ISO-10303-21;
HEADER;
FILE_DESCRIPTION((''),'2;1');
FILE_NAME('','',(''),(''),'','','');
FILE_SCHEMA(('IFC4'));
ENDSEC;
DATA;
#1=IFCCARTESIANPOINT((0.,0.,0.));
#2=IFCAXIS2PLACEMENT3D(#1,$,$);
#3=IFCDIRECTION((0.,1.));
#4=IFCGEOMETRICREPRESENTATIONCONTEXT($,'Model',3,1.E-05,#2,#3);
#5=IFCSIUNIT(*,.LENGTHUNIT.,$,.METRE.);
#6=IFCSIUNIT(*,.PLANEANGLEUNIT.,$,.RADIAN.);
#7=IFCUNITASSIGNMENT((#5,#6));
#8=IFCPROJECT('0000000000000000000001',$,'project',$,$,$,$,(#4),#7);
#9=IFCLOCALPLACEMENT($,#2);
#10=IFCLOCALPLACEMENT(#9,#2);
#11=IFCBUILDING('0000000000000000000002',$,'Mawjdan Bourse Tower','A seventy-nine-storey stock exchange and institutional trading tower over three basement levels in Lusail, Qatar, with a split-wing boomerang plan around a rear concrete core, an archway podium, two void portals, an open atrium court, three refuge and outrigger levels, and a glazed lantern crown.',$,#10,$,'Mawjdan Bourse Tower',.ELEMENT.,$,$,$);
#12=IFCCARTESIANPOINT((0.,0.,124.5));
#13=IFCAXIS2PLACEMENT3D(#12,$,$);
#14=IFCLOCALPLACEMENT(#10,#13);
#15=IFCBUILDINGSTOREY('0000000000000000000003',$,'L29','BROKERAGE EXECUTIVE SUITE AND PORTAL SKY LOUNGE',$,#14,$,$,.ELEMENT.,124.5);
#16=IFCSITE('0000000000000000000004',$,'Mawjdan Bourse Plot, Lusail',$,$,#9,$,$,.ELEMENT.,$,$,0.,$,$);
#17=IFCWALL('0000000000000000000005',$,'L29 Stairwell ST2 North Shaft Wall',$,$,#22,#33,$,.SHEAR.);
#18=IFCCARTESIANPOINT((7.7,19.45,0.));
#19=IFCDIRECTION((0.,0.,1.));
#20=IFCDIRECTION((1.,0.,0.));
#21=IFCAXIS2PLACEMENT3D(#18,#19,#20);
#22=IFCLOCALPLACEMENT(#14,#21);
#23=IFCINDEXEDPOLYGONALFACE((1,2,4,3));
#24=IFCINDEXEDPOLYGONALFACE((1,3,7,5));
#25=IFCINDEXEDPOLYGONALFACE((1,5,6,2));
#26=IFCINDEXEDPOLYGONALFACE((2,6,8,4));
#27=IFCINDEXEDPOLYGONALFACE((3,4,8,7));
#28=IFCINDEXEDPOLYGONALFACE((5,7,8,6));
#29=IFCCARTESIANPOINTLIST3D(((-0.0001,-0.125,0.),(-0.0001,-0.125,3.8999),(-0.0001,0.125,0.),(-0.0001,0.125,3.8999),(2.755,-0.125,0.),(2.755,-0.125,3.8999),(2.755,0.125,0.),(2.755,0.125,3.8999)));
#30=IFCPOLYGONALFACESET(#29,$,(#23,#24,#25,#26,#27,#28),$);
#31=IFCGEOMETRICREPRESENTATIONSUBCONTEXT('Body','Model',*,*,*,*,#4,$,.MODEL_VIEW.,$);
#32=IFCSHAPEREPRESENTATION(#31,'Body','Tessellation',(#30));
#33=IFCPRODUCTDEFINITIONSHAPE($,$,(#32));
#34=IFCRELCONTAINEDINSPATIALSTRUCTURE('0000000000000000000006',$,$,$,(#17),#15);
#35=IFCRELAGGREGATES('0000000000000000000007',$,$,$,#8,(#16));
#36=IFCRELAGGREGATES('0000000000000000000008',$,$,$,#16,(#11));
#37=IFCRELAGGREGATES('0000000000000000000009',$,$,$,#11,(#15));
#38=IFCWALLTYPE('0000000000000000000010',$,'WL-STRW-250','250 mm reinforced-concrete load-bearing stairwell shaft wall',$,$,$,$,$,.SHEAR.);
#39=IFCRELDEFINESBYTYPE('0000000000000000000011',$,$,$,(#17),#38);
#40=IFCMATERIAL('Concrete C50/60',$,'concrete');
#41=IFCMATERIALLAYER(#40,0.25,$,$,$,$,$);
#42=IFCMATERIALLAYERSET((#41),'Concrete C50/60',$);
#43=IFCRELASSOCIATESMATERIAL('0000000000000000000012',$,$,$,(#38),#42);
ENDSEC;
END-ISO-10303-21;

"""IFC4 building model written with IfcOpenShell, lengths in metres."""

from ifc_helpers import new_model, si_unit, direction, frame, frame_2d, origin, place, context, subcontext, project, spatial, rectangle, extrude, material, layer, layer_set, type_object, element, save


model = new_model("IFC4")

# Units and contexts
model_context = context("Model", 3, precision=1e-05, world=origin(), true_north=direction((0.0, 1.0)))
body_context = subcontext(model_context, "Body", "Model", "MODEL_VIEW")
ifc_project = project(units=[si_unit("LENGTHUNIT", "METRE"), si_unit("PLANEANGLEUNIT", "RADIAN")], contexts=[model_context])

# Site, building, storey
site_placement = place(None, origin())
site = spatial("IfcSite", under=ifc_project, at=site_placement, Name="Mawjdan Bourse Plot, Lusail", CompositionType="ELEMENT", RefElevation=0.0)
building_placement = place(site_placement, origin())
building = spatial("IfcBuilding", under=site, at=building_placement, Name="Mawjdan Bourse Tower", Description="A seventy-nine-storey stock exchange and institutional trading tower over three basement levels in Lusail, Qatar, with a split-wing boomerang plan around a rear concrete core, an archway podium, two void portals, an open atrium court, three refuge and outrigger levels, and a glazed lantern crown.", LongName="Mawjdan Bourse Tower", CompositionType="ELEMENT")
storey_placement = place(building_placement, frame((0.0, 0.0, 124.5)))
storey = spatial("IfcBuildingStorey", under=building, at=storey_placement, Name="L29", Description="BROKERAGE EXECUTIVE SUITE AND PORTAL SKY LOUNGE", CompositionType="ELEMENT", Elevation=124.5)

# Wall
ifc_material_1 = material(Name="Concrete C50/60", Category="concrete")
ifc_layer_1 = layer(ifc_material_1, 0.25)
ifc_layer_set_1 = layer_set([ifc_layer_1], Name="Concrete C50/60")
wall_type_1 = type_object("IfcWallType", Name="WL-STRW-250", Description="250 mm reinforced-concrete load-bearing stairwell shaft wall", PredefinedType="SHEAR", material=ifc_layer_set_1)
wall_1_placement = place(storey_placement, frame((7.7, 19.45, 0.0), z_axis=(0.0, 0.0, 1.0), x_axis=(1.0, 0.0, 0.0)))
element("IfcWall", 1, at=wall_1_placement, inside=storey, type_object=wall_type_1, Name="L29 Stairwell ST2 North Shaft Wall", PredefinedType="SHEAR", context=body_context, shape_type="SweptSolid", body=[
    extrude(rectangle(XDim=2.7551, YDim=0.25, at=frame_2d((1.3774, 0.0))), origin(), (0.0, 0.0, 1.0), 3.8999),
])

save(model, "model.ifc")
